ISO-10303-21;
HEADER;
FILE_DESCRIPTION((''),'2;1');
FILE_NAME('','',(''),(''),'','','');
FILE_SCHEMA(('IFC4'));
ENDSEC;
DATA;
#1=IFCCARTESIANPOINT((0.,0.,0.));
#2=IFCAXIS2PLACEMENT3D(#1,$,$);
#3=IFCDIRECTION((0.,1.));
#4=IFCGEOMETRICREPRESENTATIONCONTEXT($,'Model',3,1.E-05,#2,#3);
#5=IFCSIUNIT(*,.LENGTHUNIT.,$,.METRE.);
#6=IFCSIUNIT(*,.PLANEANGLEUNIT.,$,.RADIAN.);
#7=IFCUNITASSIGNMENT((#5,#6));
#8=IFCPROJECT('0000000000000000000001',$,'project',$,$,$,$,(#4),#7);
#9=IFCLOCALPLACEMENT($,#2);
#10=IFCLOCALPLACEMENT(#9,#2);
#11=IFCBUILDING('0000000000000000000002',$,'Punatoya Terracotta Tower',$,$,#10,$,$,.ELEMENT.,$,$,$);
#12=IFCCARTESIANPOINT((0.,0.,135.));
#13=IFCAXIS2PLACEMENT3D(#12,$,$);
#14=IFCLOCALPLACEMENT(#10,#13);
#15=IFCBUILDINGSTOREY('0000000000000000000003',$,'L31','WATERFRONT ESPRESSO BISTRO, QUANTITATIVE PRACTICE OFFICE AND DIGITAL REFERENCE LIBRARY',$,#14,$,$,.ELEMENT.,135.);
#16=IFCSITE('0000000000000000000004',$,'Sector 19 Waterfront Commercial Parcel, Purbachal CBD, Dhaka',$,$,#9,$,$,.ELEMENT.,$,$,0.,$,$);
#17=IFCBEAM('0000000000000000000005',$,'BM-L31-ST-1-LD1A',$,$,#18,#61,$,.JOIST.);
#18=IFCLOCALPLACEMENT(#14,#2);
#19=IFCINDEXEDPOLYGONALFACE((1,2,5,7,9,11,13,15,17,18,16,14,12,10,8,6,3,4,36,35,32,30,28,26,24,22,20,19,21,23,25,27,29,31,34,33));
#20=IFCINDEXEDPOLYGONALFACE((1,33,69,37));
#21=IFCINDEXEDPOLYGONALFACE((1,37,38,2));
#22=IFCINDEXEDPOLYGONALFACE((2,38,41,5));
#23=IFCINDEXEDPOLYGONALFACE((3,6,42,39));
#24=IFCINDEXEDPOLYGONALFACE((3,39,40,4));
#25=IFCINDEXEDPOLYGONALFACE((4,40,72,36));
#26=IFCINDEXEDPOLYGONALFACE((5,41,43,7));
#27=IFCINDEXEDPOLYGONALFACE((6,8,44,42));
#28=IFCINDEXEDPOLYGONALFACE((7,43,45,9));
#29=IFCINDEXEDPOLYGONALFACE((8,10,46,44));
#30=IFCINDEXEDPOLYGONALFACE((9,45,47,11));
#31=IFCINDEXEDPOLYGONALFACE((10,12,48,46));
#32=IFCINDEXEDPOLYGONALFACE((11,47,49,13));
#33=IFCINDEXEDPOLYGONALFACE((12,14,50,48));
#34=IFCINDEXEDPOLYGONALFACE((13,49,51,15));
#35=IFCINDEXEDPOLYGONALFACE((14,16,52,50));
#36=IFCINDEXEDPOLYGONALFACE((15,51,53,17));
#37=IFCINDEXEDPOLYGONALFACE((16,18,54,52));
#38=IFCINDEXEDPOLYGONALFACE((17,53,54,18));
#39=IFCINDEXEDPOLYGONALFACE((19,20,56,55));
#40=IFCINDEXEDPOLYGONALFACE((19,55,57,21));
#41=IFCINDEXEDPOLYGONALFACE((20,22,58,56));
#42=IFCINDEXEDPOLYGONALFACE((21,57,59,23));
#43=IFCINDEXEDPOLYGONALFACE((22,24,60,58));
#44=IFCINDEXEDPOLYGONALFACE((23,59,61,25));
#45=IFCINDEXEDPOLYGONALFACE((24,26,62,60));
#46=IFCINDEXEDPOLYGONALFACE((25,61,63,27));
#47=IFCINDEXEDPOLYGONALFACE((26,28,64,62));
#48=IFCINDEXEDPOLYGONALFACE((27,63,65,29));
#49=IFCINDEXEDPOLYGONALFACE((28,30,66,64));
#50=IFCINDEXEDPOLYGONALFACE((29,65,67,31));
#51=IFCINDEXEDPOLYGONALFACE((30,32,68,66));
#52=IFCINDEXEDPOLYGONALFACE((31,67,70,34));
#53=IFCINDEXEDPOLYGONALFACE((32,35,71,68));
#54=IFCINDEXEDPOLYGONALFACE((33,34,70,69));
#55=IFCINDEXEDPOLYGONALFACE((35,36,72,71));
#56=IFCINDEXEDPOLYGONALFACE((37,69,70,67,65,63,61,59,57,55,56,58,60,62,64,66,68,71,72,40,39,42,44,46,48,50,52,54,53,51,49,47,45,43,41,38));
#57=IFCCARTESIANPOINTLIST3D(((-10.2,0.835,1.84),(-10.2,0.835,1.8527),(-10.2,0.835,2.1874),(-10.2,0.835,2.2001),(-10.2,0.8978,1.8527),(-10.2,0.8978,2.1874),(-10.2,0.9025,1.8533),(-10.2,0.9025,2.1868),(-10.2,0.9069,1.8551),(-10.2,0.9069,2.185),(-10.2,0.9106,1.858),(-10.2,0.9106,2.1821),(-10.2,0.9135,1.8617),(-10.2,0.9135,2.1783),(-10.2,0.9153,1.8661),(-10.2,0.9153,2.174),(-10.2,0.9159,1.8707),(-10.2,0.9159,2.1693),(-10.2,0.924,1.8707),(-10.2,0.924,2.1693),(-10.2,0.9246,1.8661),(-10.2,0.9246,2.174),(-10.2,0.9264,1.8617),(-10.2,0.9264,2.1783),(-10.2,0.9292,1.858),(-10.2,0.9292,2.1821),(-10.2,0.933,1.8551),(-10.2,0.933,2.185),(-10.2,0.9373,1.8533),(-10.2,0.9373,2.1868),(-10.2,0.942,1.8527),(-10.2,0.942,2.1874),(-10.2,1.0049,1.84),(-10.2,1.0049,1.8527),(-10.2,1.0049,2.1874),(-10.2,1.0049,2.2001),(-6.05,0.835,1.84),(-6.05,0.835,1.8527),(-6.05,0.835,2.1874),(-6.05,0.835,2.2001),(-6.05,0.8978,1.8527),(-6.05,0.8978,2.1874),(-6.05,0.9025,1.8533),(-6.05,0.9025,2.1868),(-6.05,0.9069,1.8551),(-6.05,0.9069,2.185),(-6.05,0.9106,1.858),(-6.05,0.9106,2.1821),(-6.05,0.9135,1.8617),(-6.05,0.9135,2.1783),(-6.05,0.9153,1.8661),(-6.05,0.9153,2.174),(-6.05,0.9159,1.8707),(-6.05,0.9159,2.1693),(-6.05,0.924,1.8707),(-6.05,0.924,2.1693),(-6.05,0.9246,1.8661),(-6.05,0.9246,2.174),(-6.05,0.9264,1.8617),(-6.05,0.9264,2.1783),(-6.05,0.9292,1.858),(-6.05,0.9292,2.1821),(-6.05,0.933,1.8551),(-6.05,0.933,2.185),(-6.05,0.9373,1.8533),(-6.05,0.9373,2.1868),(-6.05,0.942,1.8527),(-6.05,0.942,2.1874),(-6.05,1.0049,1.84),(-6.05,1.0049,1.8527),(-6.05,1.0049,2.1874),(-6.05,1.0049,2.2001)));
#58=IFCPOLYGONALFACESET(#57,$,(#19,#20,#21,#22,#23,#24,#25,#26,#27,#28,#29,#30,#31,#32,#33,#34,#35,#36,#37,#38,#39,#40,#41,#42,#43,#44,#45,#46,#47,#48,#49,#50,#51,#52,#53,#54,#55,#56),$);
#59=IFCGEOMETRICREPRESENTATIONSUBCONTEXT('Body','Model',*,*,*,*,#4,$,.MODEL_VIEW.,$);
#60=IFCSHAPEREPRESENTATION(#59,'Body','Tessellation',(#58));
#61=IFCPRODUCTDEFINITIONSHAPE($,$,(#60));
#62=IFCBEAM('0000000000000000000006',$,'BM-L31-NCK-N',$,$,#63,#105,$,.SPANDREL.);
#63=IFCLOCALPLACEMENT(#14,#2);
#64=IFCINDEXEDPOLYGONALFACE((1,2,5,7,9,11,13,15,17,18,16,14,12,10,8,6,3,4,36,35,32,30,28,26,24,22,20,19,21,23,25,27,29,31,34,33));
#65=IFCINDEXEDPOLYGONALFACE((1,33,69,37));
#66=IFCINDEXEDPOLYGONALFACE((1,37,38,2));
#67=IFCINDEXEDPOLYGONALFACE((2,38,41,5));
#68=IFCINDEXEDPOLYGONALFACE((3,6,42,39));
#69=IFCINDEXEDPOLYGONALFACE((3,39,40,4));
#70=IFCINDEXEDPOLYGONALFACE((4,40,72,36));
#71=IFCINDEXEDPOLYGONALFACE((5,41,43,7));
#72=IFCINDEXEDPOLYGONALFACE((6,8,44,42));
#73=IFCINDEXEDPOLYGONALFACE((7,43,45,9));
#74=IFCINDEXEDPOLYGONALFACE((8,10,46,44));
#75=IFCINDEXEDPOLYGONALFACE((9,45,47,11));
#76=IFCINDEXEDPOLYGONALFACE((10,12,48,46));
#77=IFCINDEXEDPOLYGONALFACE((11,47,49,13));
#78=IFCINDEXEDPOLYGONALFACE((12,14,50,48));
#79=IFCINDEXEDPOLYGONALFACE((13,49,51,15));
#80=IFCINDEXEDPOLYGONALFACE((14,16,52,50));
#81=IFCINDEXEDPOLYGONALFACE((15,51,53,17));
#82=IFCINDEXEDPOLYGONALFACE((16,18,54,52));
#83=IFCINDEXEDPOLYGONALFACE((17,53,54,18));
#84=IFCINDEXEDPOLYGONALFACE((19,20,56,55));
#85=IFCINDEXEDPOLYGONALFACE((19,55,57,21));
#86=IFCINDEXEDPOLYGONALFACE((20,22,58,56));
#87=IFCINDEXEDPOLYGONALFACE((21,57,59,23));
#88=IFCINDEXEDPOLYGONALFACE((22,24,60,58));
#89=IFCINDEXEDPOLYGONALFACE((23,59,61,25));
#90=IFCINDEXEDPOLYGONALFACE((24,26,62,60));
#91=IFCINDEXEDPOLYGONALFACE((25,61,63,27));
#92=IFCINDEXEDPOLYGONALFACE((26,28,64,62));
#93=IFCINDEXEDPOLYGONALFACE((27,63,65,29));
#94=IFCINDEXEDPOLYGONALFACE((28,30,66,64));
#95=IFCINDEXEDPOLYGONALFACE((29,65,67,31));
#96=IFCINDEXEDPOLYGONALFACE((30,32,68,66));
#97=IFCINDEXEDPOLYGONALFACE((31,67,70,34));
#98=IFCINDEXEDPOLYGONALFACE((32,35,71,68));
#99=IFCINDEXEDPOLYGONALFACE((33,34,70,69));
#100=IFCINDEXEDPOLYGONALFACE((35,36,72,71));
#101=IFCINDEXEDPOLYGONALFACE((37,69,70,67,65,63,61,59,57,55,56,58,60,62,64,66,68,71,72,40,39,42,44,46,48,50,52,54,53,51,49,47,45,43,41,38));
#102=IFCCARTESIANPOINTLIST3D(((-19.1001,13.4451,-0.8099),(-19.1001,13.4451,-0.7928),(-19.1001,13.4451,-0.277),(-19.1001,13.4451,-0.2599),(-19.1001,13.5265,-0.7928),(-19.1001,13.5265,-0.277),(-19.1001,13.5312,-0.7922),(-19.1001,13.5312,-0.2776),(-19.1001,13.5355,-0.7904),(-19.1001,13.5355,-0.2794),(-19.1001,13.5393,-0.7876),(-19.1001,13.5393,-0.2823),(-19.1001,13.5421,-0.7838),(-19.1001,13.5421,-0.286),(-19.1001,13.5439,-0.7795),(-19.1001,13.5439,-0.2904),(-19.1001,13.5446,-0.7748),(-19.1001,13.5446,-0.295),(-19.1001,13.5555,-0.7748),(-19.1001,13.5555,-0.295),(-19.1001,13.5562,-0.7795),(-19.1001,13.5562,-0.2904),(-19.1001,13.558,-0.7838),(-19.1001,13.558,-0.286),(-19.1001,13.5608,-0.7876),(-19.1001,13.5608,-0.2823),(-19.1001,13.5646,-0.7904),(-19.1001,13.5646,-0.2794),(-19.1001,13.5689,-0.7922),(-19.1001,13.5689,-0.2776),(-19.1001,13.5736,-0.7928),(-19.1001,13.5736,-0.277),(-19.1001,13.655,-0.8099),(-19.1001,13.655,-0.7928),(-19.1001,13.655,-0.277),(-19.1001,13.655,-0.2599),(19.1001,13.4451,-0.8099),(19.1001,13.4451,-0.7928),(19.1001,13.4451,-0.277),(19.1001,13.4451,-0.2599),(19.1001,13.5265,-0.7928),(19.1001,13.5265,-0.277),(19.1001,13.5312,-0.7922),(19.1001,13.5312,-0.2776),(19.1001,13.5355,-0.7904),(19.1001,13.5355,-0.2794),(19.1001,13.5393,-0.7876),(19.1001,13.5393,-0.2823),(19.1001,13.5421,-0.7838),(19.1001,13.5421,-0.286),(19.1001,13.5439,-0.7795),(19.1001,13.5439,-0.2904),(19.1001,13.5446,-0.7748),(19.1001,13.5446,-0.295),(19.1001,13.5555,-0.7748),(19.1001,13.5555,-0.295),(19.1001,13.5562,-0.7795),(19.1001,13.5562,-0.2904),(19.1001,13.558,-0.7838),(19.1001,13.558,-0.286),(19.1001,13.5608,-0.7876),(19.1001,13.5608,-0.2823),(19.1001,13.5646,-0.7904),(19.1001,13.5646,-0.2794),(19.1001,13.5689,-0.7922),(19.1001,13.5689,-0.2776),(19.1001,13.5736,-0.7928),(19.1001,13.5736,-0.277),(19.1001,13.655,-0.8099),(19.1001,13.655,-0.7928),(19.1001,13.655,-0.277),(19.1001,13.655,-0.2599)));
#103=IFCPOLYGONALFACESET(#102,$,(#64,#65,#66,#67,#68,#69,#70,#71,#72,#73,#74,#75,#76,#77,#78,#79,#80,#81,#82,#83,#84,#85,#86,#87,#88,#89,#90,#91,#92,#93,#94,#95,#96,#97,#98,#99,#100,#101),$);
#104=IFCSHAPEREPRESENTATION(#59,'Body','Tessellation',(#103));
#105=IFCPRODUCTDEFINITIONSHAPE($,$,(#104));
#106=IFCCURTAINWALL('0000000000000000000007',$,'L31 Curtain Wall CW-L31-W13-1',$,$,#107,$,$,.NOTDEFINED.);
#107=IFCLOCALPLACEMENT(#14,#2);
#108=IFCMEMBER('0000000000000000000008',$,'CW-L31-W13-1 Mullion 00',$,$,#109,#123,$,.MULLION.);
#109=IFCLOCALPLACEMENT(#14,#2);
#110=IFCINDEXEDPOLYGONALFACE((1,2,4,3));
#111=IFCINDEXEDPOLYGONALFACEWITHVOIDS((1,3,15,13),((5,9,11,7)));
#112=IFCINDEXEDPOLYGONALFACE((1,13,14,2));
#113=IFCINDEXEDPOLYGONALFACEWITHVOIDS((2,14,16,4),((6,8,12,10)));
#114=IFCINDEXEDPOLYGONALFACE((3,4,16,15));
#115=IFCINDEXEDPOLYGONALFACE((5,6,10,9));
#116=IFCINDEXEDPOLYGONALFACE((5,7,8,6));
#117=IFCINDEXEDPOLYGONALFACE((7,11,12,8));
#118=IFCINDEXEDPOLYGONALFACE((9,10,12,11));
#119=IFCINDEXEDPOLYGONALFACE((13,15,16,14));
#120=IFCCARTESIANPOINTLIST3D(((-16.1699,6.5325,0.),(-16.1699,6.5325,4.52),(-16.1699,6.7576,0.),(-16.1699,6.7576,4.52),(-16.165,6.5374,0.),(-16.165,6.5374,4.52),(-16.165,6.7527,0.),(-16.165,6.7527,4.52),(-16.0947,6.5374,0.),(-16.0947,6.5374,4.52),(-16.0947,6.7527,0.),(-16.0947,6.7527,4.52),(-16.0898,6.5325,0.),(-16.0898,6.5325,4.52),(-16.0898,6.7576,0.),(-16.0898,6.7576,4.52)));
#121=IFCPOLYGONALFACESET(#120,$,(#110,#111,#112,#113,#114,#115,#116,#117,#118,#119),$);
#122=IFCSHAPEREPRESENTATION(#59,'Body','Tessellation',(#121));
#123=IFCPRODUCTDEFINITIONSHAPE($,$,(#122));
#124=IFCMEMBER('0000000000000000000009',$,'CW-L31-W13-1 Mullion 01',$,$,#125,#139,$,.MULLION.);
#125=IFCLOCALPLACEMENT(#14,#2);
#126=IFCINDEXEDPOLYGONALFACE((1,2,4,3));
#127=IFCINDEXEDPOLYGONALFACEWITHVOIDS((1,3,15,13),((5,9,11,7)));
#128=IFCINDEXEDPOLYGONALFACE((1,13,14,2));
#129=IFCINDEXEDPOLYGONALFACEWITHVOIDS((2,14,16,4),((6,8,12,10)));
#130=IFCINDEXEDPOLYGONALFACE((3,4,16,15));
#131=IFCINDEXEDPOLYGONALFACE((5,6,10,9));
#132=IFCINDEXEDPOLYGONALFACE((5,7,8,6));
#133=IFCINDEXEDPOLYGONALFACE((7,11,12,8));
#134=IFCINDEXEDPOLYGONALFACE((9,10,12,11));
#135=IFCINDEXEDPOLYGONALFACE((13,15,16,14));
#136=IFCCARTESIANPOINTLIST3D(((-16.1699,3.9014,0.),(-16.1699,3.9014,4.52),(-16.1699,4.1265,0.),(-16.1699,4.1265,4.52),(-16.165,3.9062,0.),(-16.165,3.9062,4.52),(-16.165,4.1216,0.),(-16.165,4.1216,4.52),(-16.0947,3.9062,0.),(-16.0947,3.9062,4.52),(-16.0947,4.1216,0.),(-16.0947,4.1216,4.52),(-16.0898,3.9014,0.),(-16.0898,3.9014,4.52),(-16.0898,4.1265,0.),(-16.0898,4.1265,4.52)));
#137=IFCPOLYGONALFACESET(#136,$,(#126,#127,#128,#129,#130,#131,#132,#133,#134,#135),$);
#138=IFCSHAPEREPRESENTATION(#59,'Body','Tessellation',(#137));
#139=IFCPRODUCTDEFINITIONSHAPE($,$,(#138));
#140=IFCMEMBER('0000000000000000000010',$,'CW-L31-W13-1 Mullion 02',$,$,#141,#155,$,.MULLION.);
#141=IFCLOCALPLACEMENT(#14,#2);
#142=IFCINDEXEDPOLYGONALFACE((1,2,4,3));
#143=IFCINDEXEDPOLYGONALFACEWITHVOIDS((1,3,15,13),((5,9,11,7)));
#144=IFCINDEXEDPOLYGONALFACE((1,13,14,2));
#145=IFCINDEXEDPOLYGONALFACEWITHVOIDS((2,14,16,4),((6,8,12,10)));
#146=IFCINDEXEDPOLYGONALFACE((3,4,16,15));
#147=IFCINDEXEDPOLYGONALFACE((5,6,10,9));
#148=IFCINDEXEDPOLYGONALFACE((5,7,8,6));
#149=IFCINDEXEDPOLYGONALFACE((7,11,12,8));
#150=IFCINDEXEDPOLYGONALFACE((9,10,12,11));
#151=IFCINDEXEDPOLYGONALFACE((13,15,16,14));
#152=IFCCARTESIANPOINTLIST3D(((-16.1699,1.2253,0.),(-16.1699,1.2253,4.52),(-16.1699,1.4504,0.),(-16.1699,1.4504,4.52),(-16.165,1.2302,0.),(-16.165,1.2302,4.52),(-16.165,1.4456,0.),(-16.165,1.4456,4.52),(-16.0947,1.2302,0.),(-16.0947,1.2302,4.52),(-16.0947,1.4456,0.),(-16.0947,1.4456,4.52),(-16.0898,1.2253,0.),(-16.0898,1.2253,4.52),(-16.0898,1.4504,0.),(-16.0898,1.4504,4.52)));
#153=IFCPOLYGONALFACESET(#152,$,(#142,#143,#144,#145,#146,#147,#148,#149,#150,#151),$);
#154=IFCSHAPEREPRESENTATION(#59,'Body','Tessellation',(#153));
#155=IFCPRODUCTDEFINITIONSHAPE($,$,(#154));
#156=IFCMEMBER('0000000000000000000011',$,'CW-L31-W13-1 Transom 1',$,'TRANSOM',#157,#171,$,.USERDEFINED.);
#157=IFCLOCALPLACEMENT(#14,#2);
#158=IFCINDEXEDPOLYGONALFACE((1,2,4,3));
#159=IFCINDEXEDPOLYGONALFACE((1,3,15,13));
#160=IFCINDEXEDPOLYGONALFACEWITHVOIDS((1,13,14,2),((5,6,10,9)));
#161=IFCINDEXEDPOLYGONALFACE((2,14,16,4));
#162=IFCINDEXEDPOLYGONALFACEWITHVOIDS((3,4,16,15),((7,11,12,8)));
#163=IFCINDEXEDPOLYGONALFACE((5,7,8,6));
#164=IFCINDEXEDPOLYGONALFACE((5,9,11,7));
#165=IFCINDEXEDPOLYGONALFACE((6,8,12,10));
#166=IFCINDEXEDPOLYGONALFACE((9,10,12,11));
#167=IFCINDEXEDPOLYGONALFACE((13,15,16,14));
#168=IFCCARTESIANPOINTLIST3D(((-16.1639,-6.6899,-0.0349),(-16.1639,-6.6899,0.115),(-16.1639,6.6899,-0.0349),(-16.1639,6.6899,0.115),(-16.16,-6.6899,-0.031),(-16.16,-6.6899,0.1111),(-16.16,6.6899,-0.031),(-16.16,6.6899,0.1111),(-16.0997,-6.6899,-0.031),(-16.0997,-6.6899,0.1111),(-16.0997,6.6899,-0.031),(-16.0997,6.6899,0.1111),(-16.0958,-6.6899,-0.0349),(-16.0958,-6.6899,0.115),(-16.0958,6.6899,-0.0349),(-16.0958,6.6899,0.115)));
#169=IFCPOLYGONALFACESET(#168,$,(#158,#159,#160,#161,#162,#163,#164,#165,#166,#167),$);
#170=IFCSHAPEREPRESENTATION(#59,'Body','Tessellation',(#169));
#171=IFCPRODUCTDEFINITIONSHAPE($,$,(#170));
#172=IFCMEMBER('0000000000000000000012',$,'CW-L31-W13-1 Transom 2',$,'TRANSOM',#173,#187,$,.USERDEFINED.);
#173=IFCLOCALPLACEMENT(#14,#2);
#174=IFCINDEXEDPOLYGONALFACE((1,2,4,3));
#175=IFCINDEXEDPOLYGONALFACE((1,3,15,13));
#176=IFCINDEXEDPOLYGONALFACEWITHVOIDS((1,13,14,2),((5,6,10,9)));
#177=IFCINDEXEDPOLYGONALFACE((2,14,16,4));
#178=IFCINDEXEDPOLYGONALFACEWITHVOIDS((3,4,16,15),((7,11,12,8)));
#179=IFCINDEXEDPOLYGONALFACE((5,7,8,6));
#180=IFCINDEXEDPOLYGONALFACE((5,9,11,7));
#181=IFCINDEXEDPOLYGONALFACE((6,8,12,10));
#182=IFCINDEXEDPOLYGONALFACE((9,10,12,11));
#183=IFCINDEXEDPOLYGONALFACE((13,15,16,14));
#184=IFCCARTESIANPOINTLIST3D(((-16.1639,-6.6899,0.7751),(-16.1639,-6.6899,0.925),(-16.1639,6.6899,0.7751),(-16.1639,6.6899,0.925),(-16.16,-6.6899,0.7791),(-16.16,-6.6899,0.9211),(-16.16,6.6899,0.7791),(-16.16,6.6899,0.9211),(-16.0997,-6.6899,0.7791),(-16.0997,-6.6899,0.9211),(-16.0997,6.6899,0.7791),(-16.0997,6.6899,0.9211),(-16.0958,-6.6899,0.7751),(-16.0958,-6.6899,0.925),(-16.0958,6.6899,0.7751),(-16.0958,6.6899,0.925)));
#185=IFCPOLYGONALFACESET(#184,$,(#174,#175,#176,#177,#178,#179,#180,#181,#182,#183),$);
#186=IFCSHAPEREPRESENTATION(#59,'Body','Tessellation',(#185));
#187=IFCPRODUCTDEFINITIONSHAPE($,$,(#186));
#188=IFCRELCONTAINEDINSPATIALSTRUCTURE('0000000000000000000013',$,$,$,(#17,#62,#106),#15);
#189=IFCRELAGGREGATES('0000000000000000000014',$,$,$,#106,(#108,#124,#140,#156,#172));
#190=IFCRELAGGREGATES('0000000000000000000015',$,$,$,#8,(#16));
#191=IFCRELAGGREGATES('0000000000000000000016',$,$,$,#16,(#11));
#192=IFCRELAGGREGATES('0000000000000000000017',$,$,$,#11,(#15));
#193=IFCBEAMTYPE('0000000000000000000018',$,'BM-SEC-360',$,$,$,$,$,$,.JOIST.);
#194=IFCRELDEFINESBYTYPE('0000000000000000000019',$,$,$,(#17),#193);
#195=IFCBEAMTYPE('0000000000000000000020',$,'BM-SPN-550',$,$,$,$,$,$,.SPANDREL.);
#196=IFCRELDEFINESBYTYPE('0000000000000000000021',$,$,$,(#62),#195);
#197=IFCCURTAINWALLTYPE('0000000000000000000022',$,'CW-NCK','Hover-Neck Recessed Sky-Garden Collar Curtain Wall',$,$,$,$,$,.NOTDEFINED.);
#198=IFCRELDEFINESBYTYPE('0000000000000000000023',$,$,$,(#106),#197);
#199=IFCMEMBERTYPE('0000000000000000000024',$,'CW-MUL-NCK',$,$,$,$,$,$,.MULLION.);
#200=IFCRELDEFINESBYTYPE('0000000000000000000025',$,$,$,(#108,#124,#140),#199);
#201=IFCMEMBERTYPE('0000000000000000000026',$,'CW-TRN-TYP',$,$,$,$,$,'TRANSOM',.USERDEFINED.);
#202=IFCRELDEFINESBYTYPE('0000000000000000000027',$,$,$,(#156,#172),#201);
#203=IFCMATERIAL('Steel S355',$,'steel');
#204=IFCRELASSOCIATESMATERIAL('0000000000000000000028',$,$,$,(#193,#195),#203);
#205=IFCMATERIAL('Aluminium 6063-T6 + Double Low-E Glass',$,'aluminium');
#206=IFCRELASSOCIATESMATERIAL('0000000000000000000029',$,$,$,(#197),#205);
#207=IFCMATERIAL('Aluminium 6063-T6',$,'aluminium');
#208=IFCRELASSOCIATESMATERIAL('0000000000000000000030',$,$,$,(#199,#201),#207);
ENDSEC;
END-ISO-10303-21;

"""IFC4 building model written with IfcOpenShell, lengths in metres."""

from ifc_helpers import new_model, si_unit, direction, frame, origin, origin_2d, place, context, subcontext, project, spatial, hollow_rectangle, i_section, extrude, material, material_profile, profile_set, type_object, element, aggregate, save


model = new_model("IFC4")

# Units and contexts
model_context = context("Model", 3, precision=1e-05, world=origin(), true_north=direction((0.0, 1.0)))
body_context = subcontext(model_context, "Body", "Model", "MODEL_VIEW")
ifc_project = project(units=[si_unit("LENGTHUNIT", "METRE"), si_unit("PLANEANGLEUNIT", "RADIAN")], contexts=[model_context])

# Site, building, storey
site_placement = place(None, origin())
site = spatial("IfcSite", under=ifc_project, at=site_placement, Name="Sector 19 Waterfront Commercial Parcel, Purbachal CBD, Dhaka", CompositionType="ELEMENT", RefElevation=0.0)
building_placement = place(site_placement, origin())
building = spatial("IfcBuilding", under=site, at=building_placement, Name="Punatoya Terracotta Tower", CompositionType="ELEMENT")
storey_placement = place(building_placement, frame((0.0, 0.0, 135.0)))
storey = spatial("IfcBuildingStorey", under=building, at=storey_placement, Name="L31", Description="WATERFRONT ESPRESSO BISTRO, QUANTITATIVE PRACTICE OFFICE AND DIGITAL REFERENCE LIBRARY", CompositionType="ELEMENT", Elevation=135.0)

# Beams
ifc_material_1 = material(Name="Steel S355", Category="steel")
ifc_material_profile_1 = material_profile(ifc_material_1, i_section(OverallWidth=0.1699, OverallDepth=0.3601, WebThickness=0.0081, FlangeThickness=0.0127, FilletRadius=0.0181, at=origin_2d()))
ifc_profile_set_1 = profile_set([ifc_material_profile_1], Name="Steel S355")
beam_type_1 = type_object("IfcBeamType", Name="BM-SEC-360", PredefinedType="JOIST", material=ifc_profile_set_1)
beam_1_placement = place(storey_placement, frame((-10.2, 0.9199, 2.02), z_axis=(1.0, 0.0, 0.0), x_axis=(0.0, 1.0, 0.0)))
element("IfcBeam", 1, at=beam_1_placement, inside=storey, type_object=beam_type_1, Name="BM-L31-ST-1-LD1A", PredefinedType="JOIST", context=body_context, shape_type="SweptSolid", body=[
    extrude(i_section(OverallWidth=0.1699, OverallDepth=0.3601, WebThickness=0.0081, FlangeThickness=0.0127, FilletRadius=0.0181, at=origin_2d()), origin(), (0.0, 0.0, 1.0), 4.1499),
])
ifc_material_profile_2 = material_profile(ifc_material_1, i_section(OverallWidth=0.21, OverallDepth=0.55, WebThickness=0.011, FlangeThickness=0.0171, FilletRadius=0.0181, at=origin_2d()))
ifc_profile_set_2 = profile_set([ifc_material_profile_2], Name="Steel S355")
beam_type_2 = type_object("IfcBeamType", Name="BM-SPN-550", PredefinedType="SPANDREL", material=ifc_profile_set_2)
beam_2_placement = place(storey_placement, frame((-19.1001, 13.55, -0.5349), z_axis=(1.0, 0.0, 0.0), x_axis=(0.0, 1.0, 0.0)))
element("IfcBeam", 2, at=beam_2_placement, inside=storey, type_object=beam_type_2, Name="BM-L31-NCK-N", PredefinedType="SPANDREL", context=body_context, shape_type="SweptSolid", body=[
    extrude(i_section(OverallWidth=0.21, OverallDepth=0.55, WebThickness=0.011, FlangeThickness=0.0171, FilletRadius=0.0181, at=origin_2d()), origin(), (0.0, 0.0, 1.0), 38.2002),
])

# Curtain wall, members
ifc_material_2 = material(Name="Aluminium 6063-T6 + Double Low-E Glass", Category="aluminium")
curtain_wall_type = type_object("IfcCurtainWallType", Name="CW-NCK", Description="Hover-Neck Recessed Sky-Garden Collar Curtain Wall", PredefinedType="NOTDEFINED", material=ifc_material_2)
curtain_wall_placement = place(storey_placement, origin())
curtain_wall = element("IfcCurtainWall", 3, at=curtain_wall_placement, inside=storey, type_object=curtain_wall_type, Name="L31 Curtain Wall CW-L31-W13-1", PredefinedType="NOTDEFINED")
ifc_material_3 = material(Name="Aluminium 6063-T6", Category="aluminium")
ifc_material_profile_3 = material_profile(ifc_material_3, hollow_rectangle(XDim=0.0801, YDim=0.2251, WallThickness=0.0049, at=origin_2d()))
ifc_profile_set_3 = profile_set([ifc_material_profile_3], Name="Aluminium 6063-T6")
member_type_1 = type_object("IfcMemberType", Name="CW-MUL-NCK", PredefinedType="MULLION", material=ifc_profile_set_3)
member_1_placement = place(storey_placement, frame((-16.1299, 6.645, 0.0), z_axis=(0.0, 0.0, 1.0), x_axis=(1.0, 0.0, 0.0)))
member_1 = element("IfcMember", 4, at=member_1_placement, type_object=member_type_1, Name="CW-L31-W13-1 Mullion 00", PredefinedType="MULLION", context=body_context, shape_type="SweptSolid", body=[
    extrude(hollow_rectangle(XDim=0.0801, YDim=0.2251, WallThickness=0.0049, at=origin_2d()), origin(), (0.0, 0.0, 1.0), 4.52),
])
member_2_placement = place(storey_placement, frame((-16.1299, 4.0139, 0.0), z_axis=(0.0, 0.0, 1.0), x_axis=(1.0, 0.0, 0.0)))
member_2 = element("IfcMember", 5, at=member_2_placement, type_object=member_type_1, Name="CW-L31-W13-1 Mullion 01", PredefinedType="MULLION", context=body_context, shape_type="SweptSolid", body=[
    extrude(hollow_rectangle(XDim=0.0801, YDim=0.2251, WallThickness=0.0049, at=origin_2d()), origin(), (0.0, 0.0, 1.0), 4.52),
])
member_3_placement = place(storey_placement, frame((-16.1299, 1.3379, 0.0), z_axis=(0.0, 0.0, 1.0), x_axis=(1.0, 0.0, 0.0)))
member_3 = element("IfcMember", 6, at=member_3_placement, type_object=member_type_1, Name="CW-L31-W13-1 Mullion 02", PredefinedType="MULLION", context=body_context, shape_type="SweptSolid", body=[
    extrude(hollow_rectangle(XDim=0.0801, YDim=0.2251, WallThickness=0.0049, at=origin_2d()), origin(), (0.0, 0.0, 1.0), 4.52),
])
ifc_material_profile_4 = material_profile(ifc_material_3, hollow_rectangle(XDim=0.0681, YDim=0.1499, WallThickness=0.0039, at=origin_2d()))
ifc_profile_set_4 = profile_set([ifc_material_profile_4], Name="Aluminium 6063-T6")
member_type_2 = type_object("IfcMemberType", Name="CW-TRN-TYP", ElementType="TRANSOM", PredefinedType="USERDEFINED", material=ifc_profile_set_4)
member_4_placement = place(storey_placement, frame((-16.1299, 6.6899, 0.04), z_axis=(0.0, -1.0, 0.0), x_axis=(1.0, 0.0, 0.0)))
member_4 = element("IfcMember", 7, at=member_4_placement, type_object=member_type_2, Name="CW-L31-W13-1 Transom 1", ObjectType="TRANSOM", PredefinedType="USERDEFINED", context=body_context, shape_type="SweptSolid", body=[
    extrude(hollow_rectangle(XDim=0.0681, YDim=0.1499, WallThickness=0.0039, at=origin_2d()), origin(), (0.0, 0.0, 1.0), 13.3799),
])
member_5_placement = place(storey_placement, frame((-16.1299, 6.6899, 0.8501), z_axis=(0.0, -1.0, 0.0), x_axis=(1.0, 0.0, 0.0)))
member_5 = element("IfcMember", 8, at=member_5_placement, type_object=member_type_2, Name="CW-L31-W13-1 Transom 2", ObjectType="TRANSOM", PredefinedType="USERDEFINED", context=body_context, shape_type="SweptSolid", body=[
    extrude(hollow_rectangle(XDim=0.0681, YDim=0.1499, WallThickness=0.0039, at=origin_2d()), origin(), (0.0, 0.0, 1.0), 13.3799),
])

aggregate(curtain_wall, [member_1, member_2, member_3, member_4, member_5])

save(model, "model.ifc")
